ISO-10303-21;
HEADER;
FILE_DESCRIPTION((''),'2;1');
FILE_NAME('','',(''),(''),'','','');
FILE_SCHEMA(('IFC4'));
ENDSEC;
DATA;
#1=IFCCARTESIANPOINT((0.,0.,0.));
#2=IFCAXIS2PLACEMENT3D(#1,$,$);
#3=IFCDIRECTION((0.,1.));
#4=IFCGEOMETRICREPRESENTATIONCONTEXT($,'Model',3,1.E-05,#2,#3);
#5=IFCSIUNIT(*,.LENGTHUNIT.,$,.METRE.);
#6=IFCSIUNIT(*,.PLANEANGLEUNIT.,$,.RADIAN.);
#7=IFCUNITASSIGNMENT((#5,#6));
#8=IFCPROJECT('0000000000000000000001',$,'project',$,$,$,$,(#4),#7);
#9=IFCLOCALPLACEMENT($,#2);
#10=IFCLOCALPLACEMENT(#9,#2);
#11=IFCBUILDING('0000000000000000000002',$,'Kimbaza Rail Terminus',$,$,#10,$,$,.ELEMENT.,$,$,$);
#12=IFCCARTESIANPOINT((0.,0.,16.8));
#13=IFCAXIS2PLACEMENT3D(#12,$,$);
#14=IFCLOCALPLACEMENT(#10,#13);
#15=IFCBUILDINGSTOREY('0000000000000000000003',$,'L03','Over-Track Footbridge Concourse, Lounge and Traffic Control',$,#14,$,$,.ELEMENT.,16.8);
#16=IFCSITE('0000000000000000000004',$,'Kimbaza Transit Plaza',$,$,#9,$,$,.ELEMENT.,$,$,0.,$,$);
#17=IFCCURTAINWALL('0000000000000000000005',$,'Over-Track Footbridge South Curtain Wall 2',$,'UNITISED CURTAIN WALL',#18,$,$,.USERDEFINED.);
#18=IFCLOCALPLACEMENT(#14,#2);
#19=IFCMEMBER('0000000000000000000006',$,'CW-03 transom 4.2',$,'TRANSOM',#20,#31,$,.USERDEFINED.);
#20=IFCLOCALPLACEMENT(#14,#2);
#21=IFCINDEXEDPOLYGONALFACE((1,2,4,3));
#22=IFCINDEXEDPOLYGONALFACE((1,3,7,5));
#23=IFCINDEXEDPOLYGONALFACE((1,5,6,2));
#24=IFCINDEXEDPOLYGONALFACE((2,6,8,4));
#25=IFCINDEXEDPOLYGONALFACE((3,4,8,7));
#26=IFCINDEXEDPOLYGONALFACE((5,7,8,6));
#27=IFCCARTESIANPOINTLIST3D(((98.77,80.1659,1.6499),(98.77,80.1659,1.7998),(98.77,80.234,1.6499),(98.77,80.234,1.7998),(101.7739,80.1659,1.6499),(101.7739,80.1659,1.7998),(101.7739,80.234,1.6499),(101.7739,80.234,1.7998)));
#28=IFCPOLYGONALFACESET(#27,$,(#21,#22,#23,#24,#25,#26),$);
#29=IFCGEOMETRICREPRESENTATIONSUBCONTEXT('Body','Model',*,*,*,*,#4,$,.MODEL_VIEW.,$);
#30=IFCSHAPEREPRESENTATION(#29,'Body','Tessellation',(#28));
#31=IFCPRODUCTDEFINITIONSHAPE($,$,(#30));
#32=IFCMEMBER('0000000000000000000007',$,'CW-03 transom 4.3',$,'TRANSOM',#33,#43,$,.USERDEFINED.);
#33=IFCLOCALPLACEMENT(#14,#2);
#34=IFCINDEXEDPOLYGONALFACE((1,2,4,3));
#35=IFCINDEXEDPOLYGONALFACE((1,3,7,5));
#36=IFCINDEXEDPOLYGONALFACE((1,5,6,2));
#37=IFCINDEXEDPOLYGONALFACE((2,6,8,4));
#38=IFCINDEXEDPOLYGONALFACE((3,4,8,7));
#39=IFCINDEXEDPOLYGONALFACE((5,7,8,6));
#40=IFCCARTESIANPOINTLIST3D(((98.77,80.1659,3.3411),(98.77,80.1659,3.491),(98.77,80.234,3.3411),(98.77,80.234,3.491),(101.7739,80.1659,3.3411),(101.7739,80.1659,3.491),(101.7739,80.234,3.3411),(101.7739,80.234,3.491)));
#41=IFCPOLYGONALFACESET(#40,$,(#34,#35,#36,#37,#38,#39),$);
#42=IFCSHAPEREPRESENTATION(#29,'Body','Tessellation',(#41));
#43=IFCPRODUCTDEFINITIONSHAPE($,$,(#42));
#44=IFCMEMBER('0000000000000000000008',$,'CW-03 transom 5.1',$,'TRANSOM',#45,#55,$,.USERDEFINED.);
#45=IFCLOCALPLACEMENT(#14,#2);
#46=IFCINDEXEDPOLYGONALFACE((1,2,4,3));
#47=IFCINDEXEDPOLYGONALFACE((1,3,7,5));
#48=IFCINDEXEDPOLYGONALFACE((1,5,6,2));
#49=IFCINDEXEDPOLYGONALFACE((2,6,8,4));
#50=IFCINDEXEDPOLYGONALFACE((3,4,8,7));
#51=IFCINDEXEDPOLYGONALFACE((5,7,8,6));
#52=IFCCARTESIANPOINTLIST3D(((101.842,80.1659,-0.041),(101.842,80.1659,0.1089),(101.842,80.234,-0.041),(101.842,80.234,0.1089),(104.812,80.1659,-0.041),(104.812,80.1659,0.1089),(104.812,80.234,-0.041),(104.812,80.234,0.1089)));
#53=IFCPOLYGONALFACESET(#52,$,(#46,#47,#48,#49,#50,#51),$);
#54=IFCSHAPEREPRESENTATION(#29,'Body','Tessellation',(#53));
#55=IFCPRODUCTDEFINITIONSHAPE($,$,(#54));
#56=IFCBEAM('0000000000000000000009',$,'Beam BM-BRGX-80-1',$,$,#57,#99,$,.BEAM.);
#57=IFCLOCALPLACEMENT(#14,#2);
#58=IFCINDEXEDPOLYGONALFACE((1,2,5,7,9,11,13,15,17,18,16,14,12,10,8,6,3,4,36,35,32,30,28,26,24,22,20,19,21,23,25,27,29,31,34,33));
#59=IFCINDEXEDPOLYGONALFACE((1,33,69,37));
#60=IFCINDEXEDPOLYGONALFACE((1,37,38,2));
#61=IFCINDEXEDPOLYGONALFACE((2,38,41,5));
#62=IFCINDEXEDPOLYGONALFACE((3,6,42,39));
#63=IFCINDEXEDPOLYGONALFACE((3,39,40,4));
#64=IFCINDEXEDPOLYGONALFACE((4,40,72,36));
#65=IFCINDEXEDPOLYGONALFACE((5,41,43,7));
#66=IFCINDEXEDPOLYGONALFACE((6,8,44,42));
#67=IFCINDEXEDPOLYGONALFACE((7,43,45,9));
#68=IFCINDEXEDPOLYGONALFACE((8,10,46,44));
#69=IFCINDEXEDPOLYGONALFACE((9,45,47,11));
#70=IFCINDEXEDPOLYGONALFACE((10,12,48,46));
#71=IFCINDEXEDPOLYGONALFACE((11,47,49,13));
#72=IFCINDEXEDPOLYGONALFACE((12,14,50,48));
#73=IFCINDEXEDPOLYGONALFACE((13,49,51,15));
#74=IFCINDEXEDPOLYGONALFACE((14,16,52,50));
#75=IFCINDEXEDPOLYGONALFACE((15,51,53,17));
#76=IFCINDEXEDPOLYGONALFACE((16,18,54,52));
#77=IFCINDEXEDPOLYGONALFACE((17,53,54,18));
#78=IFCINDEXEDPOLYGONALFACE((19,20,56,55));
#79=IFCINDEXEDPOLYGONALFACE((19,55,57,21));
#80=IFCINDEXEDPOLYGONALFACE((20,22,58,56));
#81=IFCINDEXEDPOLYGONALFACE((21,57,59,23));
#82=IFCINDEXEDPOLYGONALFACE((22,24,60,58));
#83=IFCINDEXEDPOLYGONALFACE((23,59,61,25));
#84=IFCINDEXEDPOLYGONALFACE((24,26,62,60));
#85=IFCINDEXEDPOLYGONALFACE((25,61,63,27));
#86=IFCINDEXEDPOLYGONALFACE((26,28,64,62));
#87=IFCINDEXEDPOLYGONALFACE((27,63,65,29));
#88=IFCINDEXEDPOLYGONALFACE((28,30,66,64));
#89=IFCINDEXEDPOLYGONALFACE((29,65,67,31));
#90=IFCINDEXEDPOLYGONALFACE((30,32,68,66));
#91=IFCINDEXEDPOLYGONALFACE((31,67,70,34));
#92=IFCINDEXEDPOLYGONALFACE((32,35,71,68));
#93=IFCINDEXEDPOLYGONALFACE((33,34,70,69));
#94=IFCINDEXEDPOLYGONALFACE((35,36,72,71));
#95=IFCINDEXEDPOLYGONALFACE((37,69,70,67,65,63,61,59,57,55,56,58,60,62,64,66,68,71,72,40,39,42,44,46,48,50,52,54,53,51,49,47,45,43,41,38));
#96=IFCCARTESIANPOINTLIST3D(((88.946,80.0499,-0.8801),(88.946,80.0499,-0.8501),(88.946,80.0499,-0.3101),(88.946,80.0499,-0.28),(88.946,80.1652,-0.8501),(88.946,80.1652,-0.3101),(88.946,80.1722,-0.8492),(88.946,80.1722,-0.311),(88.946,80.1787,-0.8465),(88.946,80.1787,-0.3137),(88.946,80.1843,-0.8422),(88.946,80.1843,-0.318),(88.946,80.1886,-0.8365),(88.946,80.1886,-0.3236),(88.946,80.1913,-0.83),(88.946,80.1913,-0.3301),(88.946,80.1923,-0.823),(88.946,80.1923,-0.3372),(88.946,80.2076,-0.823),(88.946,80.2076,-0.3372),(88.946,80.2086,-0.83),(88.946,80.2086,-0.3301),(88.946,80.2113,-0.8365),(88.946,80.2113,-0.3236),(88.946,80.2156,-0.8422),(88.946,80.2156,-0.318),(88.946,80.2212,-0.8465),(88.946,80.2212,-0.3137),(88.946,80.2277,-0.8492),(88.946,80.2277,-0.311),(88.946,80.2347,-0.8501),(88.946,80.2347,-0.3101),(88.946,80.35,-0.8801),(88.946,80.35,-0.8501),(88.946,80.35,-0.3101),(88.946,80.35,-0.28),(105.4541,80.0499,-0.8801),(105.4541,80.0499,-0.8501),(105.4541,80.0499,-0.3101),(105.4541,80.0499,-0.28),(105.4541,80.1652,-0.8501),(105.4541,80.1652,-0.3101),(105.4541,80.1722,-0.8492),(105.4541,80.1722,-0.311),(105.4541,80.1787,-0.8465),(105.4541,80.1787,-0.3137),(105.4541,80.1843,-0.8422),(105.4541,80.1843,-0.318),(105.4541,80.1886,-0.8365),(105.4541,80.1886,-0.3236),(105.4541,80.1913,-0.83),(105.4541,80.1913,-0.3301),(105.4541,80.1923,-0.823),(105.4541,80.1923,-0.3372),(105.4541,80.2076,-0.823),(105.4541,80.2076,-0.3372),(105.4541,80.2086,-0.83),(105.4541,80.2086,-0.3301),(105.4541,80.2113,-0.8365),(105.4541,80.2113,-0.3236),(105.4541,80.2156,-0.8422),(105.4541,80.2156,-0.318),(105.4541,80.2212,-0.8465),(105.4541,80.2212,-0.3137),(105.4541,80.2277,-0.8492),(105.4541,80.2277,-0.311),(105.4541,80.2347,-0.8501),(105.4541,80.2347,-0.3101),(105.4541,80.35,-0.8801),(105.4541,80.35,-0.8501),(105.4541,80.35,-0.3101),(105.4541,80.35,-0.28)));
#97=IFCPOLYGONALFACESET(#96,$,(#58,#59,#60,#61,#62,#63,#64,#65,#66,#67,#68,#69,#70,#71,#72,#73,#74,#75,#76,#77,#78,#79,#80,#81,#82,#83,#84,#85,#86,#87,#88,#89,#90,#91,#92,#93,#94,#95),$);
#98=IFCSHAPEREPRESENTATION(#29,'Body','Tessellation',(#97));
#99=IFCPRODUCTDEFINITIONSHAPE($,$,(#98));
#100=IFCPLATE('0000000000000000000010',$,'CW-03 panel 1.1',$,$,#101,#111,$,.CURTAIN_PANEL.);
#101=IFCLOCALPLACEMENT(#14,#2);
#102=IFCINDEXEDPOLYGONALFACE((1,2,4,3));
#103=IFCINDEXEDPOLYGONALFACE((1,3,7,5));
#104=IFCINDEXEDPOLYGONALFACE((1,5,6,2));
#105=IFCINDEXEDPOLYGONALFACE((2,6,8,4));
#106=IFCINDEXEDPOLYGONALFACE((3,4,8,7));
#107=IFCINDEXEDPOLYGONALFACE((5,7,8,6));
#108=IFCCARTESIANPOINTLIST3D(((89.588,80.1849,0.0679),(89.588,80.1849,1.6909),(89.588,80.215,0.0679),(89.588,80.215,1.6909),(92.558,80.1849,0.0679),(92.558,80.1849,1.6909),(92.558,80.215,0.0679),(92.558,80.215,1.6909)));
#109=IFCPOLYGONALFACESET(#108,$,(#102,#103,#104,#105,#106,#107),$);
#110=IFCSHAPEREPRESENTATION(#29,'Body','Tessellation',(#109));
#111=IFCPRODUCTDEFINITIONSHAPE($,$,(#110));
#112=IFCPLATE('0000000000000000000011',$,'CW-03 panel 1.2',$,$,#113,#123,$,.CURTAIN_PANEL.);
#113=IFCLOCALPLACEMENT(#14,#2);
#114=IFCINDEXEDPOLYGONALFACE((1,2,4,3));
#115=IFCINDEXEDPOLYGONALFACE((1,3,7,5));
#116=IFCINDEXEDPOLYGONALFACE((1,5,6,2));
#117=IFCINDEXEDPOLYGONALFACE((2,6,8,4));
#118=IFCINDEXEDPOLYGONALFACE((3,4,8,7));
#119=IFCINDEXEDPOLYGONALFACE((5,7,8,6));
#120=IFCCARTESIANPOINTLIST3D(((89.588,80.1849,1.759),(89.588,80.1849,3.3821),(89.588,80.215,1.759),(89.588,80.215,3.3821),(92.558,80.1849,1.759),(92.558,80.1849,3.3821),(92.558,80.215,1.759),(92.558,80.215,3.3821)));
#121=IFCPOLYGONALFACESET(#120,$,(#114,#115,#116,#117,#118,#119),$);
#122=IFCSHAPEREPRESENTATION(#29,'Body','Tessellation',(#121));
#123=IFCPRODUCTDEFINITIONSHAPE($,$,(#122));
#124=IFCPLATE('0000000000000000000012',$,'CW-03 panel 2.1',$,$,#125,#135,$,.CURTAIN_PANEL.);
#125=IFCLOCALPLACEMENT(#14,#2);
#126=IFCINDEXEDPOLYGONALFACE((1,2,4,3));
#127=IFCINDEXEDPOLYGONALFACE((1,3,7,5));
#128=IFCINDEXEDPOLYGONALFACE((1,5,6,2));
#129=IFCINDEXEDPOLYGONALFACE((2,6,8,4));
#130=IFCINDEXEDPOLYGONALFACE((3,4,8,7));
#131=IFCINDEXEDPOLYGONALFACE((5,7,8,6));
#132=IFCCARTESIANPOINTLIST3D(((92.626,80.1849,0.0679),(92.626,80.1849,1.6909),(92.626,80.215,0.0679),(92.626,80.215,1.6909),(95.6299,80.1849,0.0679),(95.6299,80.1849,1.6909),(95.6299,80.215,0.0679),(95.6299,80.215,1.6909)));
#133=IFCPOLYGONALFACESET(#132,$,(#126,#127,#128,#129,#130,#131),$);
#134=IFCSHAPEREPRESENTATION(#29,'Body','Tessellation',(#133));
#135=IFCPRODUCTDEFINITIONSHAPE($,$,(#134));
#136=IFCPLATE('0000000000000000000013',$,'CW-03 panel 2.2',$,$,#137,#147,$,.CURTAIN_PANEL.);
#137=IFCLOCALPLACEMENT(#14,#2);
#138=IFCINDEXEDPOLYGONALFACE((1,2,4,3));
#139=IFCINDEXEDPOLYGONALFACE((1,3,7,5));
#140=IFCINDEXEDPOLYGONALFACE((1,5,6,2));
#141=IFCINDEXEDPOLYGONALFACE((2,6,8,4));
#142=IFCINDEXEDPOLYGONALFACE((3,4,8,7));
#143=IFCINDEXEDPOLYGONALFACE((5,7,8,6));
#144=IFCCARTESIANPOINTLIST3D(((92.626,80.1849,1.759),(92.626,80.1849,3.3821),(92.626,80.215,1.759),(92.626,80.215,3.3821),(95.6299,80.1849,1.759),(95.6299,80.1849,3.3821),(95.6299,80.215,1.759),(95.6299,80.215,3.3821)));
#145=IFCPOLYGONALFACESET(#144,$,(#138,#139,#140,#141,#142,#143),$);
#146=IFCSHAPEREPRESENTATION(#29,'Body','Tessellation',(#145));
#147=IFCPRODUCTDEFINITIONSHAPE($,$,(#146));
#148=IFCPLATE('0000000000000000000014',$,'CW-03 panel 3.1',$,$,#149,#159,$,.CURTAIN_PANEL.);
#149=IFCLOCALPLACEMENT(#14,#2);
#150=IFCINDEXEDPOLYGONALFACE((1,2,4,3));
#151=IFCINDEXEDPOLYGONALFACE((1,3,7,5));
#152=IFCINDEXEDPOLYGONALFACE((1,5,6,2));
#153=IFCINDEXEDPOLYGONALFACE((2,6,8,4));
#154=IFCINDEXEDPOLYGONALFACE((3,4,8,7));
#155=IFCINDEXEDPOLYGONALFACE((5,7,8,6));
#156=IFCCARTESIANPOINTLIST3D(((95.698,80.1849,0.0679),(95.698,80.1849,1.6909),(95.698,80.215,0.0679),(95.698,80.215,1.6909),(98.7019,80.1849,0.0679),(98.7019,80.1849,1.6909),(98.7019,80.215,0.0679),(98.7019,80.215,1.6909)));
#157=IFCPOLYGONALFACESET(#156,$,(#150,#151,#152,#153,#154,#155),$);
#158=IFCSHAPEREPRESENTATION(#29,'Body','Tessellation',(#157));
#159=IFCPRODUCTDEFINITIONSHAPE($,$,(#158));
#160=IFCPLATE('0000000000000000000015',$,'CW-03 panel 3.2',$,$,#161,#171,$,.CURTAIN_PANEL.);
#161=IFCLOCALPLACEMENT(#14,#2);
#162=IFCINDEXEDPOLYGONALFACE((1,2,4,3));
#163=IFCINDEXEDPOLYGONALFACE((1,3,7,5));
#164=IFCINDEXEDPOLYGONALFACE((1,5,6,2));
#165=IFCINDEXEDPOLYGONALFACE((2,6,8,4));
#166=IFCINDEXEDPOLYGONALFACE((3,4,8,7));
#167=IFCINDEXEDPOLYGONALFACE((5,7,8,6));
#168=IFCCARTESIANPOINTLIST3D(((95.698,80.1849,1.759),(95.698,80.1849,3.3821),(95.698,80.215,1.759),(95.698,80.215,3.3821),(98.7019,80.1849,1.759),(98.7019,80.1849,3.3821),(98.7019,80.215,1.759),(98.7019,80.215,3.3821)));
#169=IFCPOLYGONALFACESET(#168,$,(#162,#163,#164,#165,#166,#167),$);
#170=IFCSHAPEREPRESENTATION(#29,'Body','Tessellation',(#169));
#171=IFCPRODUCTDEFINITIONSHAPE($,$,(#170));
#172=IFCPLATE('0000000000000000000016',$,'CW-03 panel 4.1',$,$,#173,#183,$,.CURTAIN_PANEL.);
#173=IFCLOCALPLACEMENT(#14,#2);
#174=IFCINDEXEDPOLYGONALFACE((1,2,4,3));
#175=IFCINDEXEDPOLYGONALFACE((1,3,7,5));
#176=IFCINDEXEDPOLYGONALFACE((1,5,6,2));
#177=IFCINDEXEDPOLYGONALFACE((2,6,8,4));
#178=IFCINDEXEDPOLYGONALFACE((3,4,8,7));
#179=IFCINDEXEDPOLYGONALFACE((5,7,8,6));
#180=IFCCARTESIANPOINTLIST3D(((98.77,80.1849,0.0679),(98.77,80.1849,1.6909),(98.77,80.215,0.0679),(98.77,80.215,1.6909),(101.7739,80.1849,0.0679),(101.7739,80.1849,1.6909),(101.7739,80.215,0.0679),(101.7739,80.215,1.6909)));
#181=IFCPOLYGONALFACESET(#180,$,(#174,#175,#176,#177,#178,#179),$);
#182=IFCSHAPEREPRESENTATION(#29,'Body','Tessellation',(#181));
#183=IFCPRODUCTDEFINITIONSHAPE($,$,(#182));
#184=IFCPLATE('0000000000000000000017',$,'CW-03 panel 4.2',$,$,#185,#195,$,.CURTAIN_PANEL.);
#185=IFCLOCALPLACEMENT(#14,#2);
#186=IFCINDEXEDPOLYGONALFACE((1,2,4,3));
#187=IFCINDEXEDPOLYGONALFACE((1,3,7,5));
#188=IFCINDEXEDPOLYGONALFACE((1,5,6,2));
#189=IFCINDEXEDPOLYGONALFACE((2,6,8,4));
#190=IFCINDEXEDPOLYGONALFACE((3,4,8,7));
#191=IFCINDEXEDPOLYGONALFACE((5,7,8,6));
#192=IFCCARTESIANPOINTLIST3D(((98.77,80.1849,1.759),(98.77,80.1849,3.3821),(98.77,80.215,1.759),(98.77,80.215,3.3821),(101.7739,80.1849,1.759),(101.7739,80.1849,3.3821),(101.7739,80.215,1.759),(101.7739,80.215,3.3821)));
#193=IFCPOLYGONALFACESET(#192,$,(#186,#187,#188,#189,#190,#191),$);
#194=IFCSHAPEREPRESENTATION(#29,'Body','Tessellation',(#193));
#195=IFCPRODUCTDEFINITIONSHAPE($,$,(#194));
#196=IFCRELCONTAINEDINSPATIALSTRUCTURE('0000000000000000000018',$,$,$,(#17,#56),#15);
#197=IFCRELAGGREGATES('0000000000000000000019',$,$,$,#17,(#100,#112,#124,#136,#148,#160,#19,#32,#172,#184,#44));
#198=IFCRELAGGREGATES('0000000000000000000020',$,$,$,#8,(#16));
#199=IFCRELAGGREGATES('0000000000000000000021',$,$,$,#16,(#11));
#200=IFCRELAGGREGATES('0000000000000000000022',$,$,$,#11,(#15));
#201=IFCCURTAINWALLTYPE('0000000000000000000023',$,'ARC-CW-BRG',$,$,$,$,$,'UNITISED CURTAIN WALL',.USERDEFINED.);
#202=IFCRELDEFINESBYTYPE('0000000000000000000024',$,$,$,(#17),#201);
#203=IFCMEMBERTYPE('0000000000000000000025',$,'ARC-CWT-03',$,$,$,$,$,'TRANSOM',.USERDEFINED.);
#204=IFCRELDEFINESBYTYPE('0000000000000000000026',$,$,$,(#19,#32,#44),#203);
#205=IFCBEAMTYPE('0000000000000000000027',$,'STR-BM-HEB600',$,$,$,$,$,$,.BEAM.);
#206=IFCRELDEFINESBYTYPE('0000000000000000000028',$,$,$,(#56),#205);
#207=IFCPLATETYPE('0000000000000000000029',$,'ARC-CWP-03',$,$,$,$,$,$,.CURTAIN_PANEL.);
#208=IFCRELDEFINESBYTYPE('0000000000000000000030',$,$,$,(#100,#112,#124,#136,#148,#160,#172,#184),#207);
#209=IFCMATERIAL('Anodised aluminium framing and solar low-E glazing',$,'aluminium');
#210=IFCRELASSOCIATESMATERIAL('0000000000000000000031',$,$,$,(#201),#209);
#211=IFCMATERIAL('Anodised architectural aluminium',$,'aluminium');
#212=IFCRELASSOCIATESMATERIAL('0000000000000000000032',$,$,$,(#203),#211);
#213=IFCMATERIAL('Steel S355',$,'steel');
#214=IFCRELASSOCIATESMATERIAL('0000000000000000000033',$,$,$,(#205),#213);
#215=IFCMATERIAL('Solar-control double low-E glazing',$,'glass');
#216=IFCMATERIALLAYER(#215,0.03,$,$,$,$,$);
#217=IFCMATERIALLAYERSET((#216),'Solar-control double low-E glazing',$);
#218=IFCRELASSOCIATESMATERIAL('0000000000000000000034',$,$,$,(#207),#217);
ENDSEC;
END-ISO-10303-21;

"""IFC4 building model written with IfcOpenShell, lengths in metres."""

from ifc_helpers import new_model, si_unit, direction, frame, origin, origin_2d, place, context, subcontext, project, spatial, rectangle, i_section, extrude, material, layer, layer_set, material_profile, profile_set, type_object, element, aggregate, save


model = new_model("IFC4")

# Units and contexts
model_context = context("Model", 3, precision=1e-05, world=origin(), true_north=direction((0.0, 1.0)))
body_context = subcontext(model_context, "Body", "Model", "MODEL_VIEW")
ifc_project = project(units=[si_unit("LENGTHUNIT", "METRE"), si_unit("PLANEANGLEUNIT", "RADIAN")], contexts=[model_context])

# Site, building, storey
site_placement = place(None, origin())
site = spatial("IfcSite", under=ifc_project, at=site_placement, Name="Kimbaza Transit Plaza", CompositionType="ELEMENT", RefElevation=0.0)
building_placement = place(site_placement, origin())
building = spatial("IfcBuilding", under=site, at=building_placement, Name="Kimbaza Rail Terminus", CompositionType="ELEMENT")
storey_placement = place(building_placement, frame((0.0, 0.0, 16.8)))
storey = spatial("IfcBuildingStorey", under=building, at=storey_placement, Name="L03", Description="Over-Track Footbridge Concourse, Lounge and Traffic Control", CompositionType="ELEMENT", Elevation=16.8)

# Curtain wall, members
ifc_material_1 = material(Name="Anodised aluminium framing and solar low-E glazing", Category="aluminium")
curtain_wall_type = type_object("IfcCurtainWallType", Name="ARC-CW-BRG", ElementType="UNITISED CURTAIN WALL", PredefinedType="USERDEFINED", material=ifc_material_1)
curtain_wall_placement = place(storey_placement, origin())
curtain_wall = element("IfcCurtainWall", 1, at=curtain_wall_placement, inside=storey, type_object=curtain_wall_type, Name="Over-Track Footbridge South Curtain Wall 2", ObjectType="UNITISED CURTAIN WALL", PredefinedType="USERDEFINED")
ifc_material_2 = material(Name="Anodised architectural aluminium", Category="aluminium")
ifc_material_profile_1 = material_profile(ifc_material_2, rectangle(XDim=0.0681, YDim=0.1499, at=origin_2d()), Name="TRANSOM 68x150")
ifc_profile_set_1 = profile_set([ifc_material_profile_1], Name="Anodised architectural aluminium")
member_type_1 = type_object("IfcMemberType", Name="ARC-CWT-03", ElementType="TRANSOM", PredefinedType="USERDEFINED", material=ifc_profile_set_1)
member_1_placement = place(storey_placement, frame((98.77, 80.2, 1.7249), z_axis=(1.0, 0.0, 0.0), x_axis=(0.0, 1.0, 0.0)))
member_1 = element("IfcMember", 2, at=member_1_placement, type_object=member_type_1, Name="CW-03 transom 4.2", ObjectType="TRANSOM", PredefinedType="USERDEFINED", context=body_context, shape_type="SweptSolid", body=[
    extrude(rectangle(XDim=0.0681, YDim=0.1499, at=origin_2d()), origin(), (0.0, 0.0, 1.0), 3.0039),
])
member_2_placement = place(storey_placement, frame((98.77, 80.2, 3.416), z_axis=(1.0, 0.0, 0.0), x_axis=(0.0, 1.0, 0.0)))
member_2 = element("IfcMember", 3, at=member_2_placement, type_object=member_type_1, Name="CW-03 transom 4.3", ObjectType="TRANSOM", PredefinedType="USERDEFINED", context=body_context, shape_type="SweptSolid", body=[
    extrude(rectangle(XDim=0.0681, YDim=0.1499, at=origin_2d()), origin(), (0.0, 0.0, 1.0), 3.0039),
])
member_3_placement = place(storey_placement, frame((101.842, 80.2, 0.0339), z_axis=(1.0, 0.0, 0.0), x_axis=(0.0, 1.0, 0.0)))
member_3 = element("IfcMember", 4, at=member_3_placement, type_object=member_type_1, Name="CW-03 transom 5.1", ObjectType="TRANSOM", PredefinedType="USERDEFINED", context=body_context, shape_type="SweptSolid", body=[
    extrude(rectangle(XDim=0.0681, YDim=0.1499, at=origin_2d()), origin(), (0.0, 0.0, 1.0), 2.97),
])

# Beam
ifc_material_3 = material(Name="Steel S355", Category="steel")
ifc_material_profile_2 = material_profile(ifc_material_3, i_section(OverallWidth=0.3, OverallDepth=0.6001, WebThickness=0.0154, FlangeThickness=0.03, FilletRadius=0.0271, at=origin_2d()), Name="HEB 600")
ifc_profile_set_2 = profile_set([ifc_material_profile_2], Name="Steel S355")
beam_type = type_object("IfcBeamType", Name="STR-BM-HEB600", PredefinedType="BEAM", material=ifc_profile_set_2)
beam_placement = place(storey_placement, frame((88.946, 80.2, -0.5801), z_axis=(1.0, 0.0, 0.0), x_axis=(0.0, 1.0, 0.0)))
element("IfcBeam", 5, at=beam_placement, inside=storey, type_object=beam_type, Name="Beam BM-BRGX-80-1", PredefinedType="BEAM", context=body_context, shape_type="SweptSolid", body=[
    extrude(i_section(OverallWidth=0.3, OverallDepth=0.6001, WebThickness=0.0154, FlangeThickness=0.03, FilletRadius=0.0271, at=origin_2d()), origin(), (0.0, 0.0, 1.0), 16.5081),
])

# Plates
ifc_material_4 = material(Name="Solar-control double low-E glazing", Category="glass")
ifc_layer = layer(ifc_material_4, 0.03)
ifc_layer_set = layer_set([ifc_layer], Name="Solar-control double low-E glazing")
plate_type = type_object("IfcPlateType", Name="ARC-CWP-03", PredefinedType="CURTAIN_PANEL", material=ifc_layer_set)
plate_1_placement = place(storey_placement, frame((91.073, 80.2, 0.0679), z_axis=(0.0, 0.0, 1.0), x_axis=(1.0, 0.0, 0.0)))
plate_1 = element("IfcPlate", 6, at=plate_1_placement, type_object=plate_type, Name="CW-03 panel 1.1", PredefinedType="CURTAIN_PANEL", context=body_context, shape_type="SweptSolid", body=[
    extrude(rectangle(XDim=2.97, YDim=0.03, at=origin_2d()), origin(), (0.0, 0.0, 1.0), 1.623),
])
plate_2_placement = place(storey_placement, frame((91.073, 80.2, 1.759), z_axis=(0.0, 0.0, 1.0), x_axis=(1.0, 0.0, 0.0)))
plate_2 = element("IfcPlate", 7, at=plate_2_placement, type_object=plate_type, Name="CW-03 panel 1.2", PredefinedType="CURTAIN_PANEL", context=body_context, shape_type="SweptSolid", body=[
    extrude(rectangle(XDim=2.97, YDim=0.03, at=origin_2d()), origin(), (0.0, 0.0, 1.0), 1.623),
])
plate_3_placement = place(storey_placement, frame((94.1279, 80.2, 0.0679), z_axis=(0.0, 0.0, 1.0), x_axis=(1.0, 0.0, 0.0)))
plate_3 = element("IfcPlate", 8, at=plate_3_placement, type_object=plate_type, Name="CW-03 panel 2.1", PredefinedType="CURTAIN_PANEL", context=body_context, shape_type="SweptSolid", body=[
    extrude(rectangle(XDim=3.0039, YDim=0.03, at=origin_2d()), origin(), (0.0, 0.0, 1.0), 1.623),
])
plate_4_placement = place(storey_placement, frame((94.1279, 80.2, 1.759), z_axis=(0.0, 0.0, 1.0), x_axis=(1.0, 0.0, 0.0)))
plate_4 = element("IfcPlate", 9, at=plate_4_placement, type_object=plate_type, Name="CW-03 panel 2.2", PredefinedType="CURTAIN_PANEL", context=body_context, shape_type="SweptSolid", body=[
    extrude(rectangle(XDim=3.0039, YDim=0.03, at=origin_2d()), origin(), (0.0, 0.0, 1.0), 1.623),
])
plate_5_placement = place(storey_placement, frame((97.2, 80.2, 0.0679), z_axis=(0.0, 0.0, 1.0), x_axis=(1.0, 0.0, 0.0)))
plate_5 = element("IfcPlate", 10, at=plate_5_placement, type_object=plate_type, Name="CW-03 panel 3.1", PredefinedType="CURTAIN_PANEL", context=body_context, shape_type="SweptSolid", body=[
    extrude(rectangle(XDim=3.0039, YDim=0.03, at=origin_2d()), origin(), (0.0, 0.0, 1.0), 1.623),
])
plate_6_placement = place(storey_placement, frame((97.2, 80.2, 1.759), z_axis=(0.0, 0.0, 1.0), x_axis=(1.0, 0.0, 0.0)))
plate_6 = element("IfcPlate", 11, at=plate_6_placement, type_object=plate_type, Name="CW-03 panel 3.2", PredefinedType="CURTAIN_PANEL", context=body_context, shape_type="SweptSolid", body=[
    extrude(rectangle(XDim=3.0039, YDim=0.03, at=origin_2d()), origin(), (0.0, 0.0, 1.0), 1.623),
])
plate_7_placement = place(storey_placement, frame((100.272, 80.2, 0.0679), z_axis=(0.0, 0.0, 1.0), x_axis=(1.0, 0.0, 0.0)))
plate_7 = element("IfcPlate", 12, at=plate_7_placement, type_object=plate_type, Name="CW-03 panel 4.1", PredefinedType="CURTAIN_PANEL", context=body_context, shape_type="SweptSolid", body=[
    extrude(rectangle(XDim=3.0039, YDim=0.03, at=origin_2d()), origin(), (0.0, 0.0, 1.0), 1.623),
])
plate_8_placement = place(storey_placement, frame((100.272, 80.2, 1.759), z_axis=(0.0, 0.0, 1.0), x_axis=(1.0, 0.0, 0.0)))
plate_8 = element("IfcPlate", 13, at=plate_8_placement, type_object=plate_type, Name="CW-03 panel 4.2", PredefinedType="CURTAIN_PANEL", context=body_context, shape_type="SweptSolid", body=[
    extrude(rectangle(XDim=3.0039, YDim=0.03, at=origin_2d()), origin(), (0.0, 0.0, 1.0), 1.623),
])
aggregate(curtain_wall, [plate_1, plate_2, plate_3, plate_4, plate_5, plate_6, member_1, member_2, plate_7, plate_8, member_3])

save(model, "model.ifc")
